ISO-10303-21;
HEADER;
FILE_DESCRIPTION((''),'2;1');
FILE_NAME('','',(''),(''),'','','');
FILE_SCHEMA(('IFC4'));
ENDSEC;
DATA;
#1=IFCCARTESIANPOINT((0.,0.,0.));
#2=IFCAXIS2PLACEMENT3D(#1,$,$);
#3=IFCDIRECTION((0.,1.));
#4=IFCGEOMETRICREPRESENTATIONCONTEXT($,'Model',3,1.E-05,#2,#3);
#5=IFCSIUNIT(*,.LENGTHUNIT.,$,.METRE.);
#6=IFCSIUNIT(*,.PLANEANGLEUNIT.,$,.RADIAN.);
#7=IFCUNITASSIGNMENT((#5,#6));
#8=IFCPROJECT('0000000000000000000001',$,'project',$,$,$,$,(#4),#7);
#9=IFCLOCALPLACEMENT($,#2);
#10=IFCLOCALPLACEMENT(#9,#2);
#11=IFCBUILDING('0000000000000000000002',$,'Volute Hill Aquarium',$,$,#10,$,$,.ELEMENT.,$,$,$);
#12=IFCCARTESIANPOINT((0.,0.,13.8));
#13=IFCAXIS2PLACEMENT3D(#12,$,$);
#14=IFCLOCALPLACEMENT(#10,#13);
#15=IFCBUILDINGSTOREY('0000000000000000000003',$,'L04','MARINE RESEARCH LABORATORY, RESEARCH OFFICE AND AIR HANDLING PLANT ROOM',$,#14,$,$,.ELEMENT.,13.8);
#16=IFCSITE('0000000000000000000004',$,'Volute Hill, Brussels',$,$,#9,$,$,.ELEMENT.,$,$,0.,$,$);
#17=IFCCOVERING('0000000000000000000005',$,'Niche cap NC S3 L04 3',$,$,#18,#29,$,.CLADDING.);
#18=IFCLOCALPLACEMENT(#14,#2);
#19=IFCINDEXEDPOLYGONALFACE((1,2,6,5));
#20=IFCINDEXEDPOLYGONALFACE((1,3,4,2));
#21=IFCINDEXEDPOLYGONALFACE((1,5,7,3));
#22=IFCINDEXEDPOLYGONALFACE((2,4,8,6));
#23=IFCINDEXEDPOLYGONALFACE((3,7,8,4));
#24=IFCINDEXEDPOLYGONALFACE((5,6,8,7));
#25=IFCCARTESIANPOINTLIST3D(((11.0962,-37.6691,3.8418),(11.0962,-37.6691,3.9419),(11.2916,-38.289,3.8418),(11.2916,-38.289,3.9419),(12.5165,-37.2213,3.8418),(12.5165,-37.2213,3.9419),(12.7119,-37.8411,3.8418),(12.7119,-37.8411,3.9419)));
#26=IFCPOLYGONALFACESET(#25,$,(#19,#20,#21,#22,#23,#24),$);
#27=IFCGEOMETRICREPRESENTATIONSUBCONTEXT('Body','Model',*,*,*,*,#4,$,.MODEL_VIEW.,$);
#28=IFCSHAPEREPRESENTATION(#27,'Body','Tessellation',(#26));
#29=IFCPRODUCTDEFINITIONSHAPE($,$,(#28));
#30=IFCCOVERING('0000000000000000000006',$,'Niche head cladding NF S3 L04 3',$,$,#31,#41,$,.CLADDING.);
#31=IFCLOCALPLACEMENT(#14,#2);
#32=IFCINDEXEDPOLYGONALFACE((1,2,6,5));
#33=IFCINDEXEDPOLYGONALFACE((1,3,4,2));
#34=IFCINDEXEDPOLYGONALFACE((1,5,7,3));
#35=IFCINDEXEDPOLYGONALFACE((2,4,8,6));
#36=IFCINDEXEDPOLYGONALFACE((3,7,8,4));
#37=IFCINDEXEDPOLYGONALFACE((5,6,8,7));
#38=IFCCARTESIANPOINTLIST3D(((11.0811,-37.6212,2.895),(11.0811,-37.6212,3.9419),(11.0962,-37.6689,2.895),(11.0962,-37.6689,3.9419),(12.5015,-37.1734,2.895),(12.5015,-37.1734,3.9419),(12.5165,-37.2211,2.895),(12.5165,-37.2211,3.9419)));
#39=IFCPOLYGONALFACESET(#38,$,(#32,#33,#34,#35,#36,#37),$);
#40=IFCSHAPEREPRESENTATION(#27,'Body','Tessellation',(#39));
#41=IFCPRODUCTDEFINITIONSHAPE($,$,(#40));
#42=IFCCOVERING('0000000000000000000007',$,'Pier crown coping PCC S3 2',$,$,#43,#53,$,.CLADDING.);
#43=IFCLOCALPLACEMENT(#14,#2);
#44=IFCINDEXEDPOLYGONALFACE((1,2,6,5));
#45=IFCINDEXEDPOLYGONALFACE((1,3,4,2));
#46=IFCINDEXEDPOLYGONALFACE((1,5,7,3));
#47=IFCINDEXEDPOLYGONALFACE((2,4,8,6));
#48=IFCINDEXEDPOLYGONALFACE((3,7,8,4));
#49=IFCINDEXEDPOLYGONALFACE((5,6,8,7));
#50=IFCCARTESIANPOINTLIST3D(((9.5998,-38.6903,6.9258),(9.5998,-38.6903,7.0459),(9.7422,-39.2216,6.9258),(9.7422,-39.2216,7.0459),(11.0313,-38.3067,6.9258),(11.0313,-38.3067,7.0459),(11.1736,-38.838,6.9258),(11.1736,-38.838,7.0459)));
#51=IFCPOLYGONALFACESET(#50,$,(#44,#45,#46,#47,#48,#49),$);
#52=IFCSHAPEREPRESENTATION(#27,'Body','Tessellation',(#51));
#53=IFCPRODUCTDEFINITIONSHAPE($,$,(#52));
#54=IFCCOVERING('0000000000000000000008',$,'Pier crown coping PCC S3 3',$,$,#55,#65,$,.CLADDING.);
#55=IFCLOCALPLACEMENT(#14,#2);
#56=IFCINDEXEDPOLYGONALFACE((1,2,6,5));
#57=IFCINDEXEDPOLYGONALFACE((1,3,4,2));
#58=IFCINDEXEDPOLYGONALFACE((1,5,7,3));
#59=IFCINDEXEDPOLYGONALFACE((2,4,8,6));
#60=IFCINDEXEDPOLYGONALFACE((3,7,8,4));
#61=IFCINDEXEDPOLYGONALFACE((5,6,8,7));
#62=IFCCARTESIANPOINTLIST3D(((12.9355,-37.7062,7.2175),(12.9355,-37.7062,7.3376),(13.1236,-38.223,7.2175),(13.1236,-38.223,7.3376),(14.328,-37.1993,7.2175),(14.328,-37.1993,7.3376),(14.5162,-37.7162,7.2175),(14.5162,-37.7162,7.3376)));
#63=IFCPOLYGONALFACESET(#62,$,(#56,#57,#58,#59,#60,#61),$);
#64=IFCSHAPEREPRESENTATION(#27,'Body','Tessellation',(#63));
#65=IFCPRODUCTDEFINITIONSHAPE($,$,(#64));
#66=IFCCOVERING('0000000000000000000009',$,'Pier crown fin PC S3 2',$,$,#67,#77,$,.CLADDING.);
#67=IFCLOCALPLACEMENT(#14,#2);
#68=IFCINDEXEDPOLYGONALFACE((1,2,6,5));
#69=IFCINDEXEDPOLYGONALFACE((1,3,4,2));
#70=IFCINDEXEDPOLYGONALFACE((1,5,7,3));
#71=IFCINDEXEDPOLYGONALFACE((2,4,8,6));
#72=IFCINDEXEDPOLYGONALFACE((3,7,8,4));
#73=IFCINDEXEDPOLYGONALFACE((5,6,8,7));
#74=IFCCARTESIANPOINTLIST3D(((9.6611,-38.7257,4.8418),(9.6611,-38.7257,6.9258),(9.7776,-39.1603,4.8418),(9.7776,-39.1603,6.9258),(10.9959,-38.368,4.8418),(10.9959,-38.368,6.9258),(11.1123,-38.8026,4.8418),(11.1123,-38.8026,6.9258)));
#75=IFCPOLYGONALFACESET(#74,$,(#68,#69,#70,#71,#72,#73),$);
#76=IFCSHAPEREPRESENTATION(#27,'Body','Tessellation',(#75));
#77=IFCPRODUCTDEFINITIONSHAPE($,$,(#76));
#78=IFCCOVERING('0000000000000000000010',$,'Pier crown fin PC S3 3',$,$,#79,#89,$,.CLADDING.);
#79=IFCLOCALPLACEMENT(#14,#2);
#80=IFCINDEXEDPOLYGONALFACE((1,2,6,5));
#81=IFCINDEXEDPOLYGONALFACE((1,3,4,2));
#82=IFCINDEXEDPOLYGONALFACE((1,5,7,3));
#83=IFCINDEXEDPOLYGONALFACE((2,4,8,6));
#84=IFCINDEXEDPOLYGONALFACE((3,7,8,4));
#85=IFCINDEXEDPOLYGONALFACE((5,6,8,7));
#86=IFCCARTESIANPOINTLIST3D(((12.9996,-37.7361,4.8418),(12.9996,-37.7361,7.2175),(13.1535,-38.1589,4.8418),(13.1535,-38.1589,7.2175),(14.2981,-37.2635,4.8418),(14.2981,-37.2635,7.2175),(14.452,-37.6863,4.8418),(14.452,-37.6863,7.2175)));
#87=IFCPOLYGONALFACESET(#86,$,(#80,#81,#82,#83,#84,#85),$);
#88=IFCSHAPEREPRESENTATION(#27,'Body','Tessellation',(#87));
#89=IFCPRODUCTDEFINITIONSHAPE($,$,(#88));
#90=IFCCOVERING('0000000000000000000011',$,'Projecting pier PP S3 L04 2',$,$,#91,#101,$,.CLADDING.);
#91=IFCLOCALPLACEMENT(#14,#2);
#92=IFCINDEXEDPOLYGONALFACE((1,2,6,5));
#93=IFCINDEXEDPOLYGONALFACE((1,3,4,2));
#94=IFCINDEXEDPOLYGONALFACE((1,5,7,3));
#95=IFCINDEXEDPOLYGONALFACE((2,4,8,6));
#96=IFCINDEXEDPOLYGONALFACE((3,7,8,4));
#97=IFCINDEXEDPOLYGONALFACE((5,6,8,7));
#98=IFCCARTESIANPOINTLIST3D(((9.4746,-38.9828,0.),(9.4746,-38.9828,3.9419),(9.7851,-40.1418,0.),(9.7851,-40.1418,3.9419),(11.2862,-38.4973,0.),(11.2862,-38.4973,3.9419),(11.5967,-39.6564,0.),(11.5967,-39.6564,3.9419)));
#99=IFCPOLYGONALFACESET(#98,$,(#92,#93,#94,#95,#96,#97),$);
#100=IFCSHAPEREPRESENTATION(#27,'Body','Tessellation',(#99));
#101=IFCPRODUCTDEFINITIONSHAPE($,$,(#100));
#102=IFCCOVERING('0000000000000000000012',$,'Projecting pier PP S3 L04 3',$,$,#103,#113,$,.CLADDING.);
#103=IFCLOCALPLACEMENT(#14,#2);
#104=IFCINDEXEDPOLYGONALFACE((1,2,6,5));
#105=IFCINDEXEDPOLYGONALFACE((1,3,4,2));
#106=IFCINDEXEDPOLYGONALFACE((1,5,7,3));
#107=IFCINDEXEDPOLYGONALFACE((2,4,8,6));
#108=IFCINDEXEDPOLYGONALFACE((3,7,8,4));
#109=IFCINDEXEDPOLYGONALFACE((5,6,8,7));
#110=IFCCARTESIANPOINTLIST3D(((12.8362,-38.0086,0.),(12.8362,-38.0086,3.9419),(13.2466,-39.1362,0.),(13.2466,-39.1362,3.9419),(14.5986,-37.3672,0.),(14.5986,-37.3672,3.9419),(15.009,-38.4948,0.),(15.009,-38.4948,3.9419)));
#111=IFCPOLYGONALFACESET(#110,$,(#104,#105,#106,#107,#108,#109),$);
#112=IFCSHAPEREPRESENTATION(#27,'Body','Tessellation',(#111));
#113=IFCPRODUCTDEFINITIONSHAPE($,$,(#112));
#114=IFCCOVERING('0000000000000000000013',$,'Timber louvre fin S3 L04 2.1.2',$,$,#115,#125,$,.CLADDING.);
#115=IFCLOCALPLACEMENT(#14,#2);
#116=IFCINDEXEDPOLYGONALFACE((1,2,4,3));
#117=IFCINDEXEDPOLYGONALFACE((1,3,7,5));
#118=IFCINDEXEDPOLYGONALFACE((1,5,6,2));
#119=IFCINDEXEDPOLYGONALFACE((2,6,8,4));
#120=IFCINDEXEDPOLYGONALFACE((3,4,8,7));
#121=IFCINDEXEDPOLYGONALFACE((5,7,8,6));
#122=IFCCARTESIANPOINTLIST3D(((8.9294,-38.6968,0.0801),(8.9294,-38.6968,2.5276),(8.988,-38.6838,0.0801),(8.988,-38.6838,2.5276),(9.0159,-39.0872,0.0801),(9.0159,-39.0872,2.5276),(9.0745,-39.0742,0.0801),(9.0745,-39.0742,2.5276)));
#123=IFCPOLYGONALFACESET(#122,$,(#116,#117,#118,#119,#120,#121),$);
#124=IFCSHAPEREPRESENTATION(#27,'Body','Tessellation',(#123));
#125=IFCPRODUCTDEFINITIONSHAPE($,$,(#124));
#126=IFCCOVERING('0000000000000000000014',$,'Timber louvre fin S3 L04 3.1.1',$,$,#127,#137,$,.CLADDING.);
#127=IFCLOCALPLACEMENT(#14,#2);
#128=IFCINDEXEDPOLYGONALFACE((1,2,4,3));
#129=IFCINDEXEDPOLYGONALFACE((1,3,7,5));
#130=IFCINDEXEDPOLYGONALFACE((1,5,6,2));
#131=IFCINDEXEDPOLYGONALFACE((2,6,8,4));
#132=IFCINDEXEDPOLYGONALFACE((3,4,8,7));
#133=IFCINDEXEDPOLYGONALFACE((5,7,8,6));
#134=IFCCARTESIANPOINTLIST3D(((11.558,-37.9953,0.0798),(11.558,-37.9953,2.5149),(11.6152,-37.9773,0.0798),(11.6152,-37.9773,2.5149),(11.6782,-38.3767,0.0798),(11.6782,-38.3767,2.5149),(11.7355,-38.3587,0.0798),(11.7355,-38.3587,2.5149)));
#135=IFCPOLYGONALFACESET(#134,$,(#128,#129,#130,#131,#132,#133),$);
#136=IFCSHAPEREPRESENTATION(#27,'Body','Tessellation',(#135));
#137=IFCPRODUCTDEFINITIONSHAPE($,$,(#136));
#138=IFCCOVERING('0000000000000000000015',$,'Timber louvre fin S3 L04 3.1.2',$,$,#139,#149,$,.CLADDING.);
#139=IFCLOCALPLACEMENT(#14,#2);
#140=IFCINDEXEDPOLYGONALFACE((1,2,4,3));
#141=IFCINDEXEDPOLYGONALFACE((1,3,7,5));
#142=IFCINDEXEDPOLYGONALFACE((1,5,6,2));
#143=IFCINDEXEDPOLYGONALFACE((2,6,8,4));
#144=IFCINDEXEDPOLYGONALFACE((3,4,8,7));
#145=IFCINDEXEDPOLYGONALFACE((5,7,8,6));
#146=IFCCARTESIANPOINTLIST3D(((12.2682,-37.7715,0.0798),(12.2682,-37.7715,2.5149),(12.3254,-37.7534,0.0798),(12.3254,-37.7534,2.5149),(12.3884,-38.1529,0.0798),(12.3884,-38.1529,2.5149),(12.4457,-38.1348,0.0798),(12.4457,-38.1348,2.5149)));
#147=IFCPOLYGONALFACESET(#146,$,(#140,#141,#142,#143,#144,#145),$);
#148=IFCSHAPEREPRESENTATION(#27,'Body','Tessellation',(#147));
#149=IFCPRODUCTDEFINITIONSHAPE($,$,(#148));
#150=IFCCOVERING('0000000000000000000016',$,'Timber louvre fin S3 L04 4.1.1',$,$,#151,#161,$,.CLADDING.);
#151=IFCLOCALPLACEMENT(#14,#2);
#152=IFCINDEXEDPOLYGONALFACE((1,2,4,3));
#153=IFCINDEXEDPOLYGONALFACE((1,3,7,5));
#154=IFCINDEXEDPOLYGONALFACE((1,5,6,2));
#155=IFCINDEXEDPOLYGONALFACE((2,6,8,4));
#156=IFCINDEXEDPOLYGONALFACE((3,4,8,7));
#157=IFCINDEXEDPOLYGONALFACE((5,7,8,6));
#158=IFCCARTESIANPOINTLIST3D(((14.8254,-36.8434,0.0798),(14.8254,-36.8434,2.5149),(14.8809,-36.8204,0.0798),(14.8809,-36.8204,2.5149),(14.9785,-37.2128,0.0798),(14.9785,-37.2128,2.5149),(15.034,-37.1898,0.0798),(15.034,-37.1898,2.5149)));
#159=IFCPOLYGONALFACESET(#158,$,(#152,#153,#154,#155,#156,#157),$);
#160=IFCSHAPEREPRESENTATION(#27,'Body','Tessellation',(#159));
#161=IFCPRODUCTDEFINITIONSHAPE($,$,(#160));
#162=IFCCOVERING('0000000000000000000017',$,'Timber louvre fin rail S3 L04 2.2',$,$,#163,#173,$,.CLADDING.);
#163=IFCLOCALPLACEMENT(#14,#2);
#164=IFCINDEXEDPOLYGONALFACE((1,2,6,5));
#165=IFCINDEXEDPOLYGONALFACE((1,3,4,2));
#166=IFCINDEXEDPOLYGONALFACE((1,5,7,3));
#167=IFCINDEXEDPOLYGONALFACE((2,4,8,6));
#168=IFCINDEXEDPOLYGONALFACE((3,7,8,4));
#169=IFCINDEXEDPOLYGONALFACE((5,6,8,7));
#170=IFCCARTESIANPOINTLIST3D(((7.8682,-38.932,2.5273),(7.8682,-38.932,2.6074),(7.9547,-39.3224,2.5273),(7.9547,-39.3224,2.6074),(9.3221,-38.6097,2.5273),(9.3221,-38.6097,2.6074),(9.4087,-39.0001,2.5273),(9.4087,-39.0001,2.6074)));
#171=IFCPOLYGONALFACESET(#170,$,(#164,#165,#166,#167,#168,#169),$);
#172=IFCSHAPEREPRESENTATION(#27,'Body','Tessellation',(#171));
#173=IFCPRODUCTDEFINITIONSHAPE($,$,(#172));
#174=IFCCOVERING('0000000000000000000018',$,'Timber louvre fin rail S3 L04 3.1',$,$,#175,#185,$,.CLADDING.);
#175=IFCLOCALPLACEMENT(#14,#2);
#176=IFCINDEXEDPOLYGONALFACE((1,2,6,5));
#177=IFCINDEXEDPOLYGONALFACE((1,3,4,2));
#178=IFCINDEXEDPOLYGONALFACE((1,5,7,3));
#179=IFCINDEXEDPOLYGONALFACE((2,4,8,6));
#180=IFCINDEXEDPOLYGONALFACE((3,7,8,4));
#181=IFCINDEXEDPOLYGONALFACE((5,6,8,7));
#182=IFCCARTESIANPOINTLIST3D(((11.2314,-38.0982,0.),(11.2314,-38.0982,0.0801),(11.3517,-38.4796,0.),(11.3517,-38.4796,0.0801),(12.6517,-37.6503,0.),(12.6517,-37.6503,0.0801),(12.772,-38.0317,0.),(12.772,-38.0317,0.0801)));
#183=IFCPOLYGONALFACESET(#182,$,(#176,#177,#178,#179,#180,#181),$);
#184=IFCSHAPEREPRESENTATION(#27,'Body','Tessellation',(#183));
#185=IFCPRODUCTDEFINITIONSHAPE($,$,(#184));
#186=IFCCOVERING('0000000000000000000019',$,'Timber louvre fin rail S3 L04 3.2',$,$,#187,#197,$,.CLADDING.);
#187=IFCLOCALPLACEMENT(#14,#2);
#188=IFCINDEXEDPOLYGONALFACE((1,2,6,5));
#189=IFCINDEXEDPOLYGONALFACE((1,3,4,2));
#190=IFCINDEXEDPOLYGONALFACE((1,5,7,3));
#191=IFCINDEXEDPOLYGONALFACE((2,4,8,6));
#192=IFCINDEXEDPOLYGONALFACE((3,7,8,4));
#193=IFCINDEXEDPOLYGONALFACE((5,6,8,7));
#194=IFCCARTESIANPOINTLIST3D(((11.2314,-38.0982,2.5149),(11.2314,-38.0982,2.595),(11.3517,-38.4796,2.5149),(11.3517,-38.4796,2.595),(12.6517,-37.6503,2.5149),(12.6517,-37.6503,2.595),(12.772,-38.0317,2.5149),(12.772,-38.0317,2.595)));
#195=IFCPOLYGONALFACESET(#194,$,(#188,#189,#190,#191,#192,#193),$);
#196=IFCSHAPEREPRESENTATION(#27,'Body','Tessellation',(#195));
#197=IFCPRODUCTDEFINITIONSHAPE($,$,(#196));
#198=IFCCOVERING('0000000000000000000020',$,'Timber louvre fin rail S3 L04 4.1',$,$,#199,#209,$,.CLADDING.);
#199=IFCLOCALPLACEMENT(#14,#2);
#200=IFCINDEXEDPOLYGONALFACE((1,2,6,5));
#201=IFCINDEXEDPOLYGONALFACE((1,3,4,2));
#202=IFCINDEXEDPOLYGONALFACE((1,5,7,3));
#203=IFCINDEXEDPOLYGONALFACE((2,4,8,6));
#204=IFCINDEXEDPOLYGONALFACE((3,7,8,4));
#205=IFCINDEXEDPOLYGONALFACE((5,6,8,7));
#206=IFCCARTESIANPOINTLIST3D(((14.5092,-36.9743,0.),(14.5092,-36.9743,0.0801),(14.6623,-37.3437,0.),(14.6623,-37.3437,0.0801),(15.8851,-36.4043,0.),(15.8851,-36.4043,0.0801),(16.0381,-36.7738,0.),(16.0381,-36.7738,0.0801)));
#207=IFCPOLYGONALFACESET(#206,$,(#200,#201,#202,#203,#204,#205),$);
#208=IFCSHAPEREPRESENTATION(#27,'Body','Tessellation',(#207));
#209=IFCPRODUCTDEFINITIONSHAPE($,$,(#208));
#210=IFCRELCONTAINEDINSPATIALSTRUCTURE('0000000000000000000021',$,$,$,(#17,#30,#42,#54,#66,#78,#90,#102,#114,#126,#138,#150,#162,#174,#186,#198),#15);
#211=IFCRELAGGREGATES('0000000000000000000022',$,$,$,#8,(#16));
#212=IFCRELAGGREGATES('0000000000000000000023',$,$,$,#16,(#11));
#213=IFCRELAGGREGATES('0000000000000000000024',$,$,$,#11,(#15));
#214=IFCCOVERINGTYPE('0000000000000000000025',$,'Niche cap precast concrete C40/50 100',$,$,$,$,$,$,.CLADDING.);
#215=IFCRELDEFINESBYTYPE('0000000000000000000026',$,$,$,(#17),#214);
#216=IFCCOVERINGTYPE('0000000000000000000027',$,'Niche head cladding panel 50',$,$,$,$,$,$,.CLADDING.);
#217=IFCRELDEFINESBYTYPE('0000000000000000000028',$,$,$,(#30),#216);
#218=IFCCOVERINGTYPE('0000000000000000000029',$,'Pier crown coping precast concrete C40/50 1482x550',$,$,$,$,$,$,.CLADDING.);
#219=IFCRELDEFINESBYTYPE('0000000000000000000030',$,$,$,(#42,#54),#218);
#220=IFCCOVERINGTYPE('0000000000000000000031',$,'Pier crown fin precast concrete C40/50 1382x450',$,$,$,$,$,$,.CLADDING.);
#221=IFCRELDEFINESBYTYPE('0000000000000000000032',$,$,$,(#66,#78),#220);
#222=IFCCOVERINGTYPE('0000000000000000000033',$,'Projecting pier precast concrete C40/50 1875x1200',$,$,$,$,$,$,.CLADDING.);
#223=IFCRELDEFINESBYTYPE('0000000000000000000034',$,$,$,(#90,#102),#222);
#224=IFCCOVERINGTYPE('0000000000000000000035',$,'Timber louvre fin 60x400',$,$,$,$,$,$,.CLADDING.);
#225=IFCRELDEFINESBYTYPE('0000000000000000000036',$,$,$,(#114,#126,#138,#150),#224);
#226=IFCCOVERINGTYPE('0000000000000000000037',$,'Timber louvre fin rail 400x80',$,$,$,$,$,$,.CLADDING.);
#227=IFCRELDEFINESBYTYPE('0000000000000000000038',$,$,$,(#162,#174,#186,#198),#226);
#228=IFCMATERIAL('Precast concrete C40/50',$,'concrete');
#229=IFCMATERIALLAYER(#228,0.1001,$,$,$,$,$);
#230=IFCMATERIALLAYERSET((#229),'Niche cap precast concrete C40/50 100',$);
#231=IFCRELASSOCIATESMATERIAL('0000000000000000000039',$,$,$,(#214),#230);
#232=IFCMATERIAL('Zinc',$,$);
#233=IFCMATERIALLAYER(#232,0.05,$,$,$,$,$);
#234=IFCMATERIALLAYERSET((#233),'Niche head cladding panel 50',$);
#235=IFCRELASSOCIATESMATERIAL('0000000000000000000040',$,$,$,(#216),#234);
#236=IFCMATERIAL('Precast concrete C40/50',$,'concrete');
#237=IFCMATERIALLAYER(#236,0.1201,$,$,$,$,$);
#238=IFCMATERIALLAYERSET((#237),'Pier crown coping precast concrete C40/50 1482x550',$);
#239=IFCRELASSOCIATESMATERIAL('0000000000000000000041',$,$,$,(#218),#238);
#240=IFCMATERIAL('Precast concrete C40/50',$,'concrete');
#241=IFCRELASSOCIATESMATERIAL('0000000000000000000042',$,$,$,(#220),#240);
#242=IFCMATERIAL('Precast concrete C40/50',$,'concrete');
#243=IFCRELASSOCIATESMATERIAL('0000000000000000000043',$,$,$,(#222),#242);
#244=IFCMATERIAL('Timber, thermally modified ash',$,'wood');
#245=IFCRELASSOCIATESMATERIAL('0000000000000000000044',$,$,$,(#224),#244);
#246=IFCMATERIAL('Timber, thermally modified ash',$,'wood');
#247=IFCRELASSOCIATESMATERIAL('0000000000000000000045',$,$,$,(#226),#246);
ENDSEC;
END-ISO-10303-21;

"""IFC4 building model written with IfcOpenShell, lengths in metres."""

from ifc_helpers import new_model, si_unit, direction, frame, origin, origin_2d, place, context, subcontext, project, spatial, rectangle, extrude, material, layer, layer_set, type_object, element, save


model = new_model("IFC4")

# Units and contexts
model_context = context("Model", 3, precision=1e-05, world=origin(), true_north=direction((0.0, 1.0)))
body_context = subcontext(model_context, "Body", "Model", "MODEL_VIEW")
ifc_project = project(units=[si_unit("LENGTHUNIT", "METRE"), si_unit("PLANEANGLEUNIT", "RADIAN")], contexts=[model_context])

# Site, building, storey
site_placement = place(None, origin())
site = spatial("IfcSite", under=ifc_project, at=site_placement, Name="Volute Hill, Brussels", CompositionType="ELEMENT", RefElevation=0.0)
building_placement = place(site_placement, origin())
building = spatial("IfcBuilding", under=site, at=building_placement, Name="Volute Hill Aquarium", CompositionType="ELEMENT")
storey_placement = place(building_placement, frame((0.0, 0.0, 13.8)))
storey = spatial("IfcBuildingStorey", under=building, at=storey_placement, Name="L04", Description="MARINE RESEARCH LABORATORY, RESEARCH OFFICE AND AIR HANDLING PLANT ROOM", CompositionType="ELEMENT", Elevation=13.8)

# Coverings
ifc_material_1 = material(Name="Precast concrete C40/50", Category="concrete")
ifc_layer_1 = layer(ifc_material_1, 0.1001)
ifc_layer_set_1 = layer_set([ifc_layer_1], Name="Niche cap precast concrete C40/50 100")
covering_type_1 = type_object("IfcCoveringType", Name="Niche cap precast concrete C40/50 100", PredefinedType="CLADDING", material=ifc_layer_set_1)
covering_1_placement = place(storey_placement, frame((11.9041, -37.7551, 3.8418), z_axis=(0.0, 0.0, 1.0), x_axis=(0.953714, 0.300715, 0.0)))
element("IfcCovering", 1, at=covering_1_placement, inside=storey, type_object=covering_type_1, Name="Niche cap NC S3 L04 3", PredefinedType="CLADDING", context=body_context, shape_type="SweptSolid", body=[
    extrude(rectangle(XDim=1.4893, YDim=0.6499, at=origin_2d()), origin(), (0.0, 0.0, 1.0), 0.1001),
])
ifc_material_2 = material(Name="Zinc")
ifc_layer_2 = layer(ifc_material_2, 0.05)
ifc_layer_set_2 = layer_set([ifc_layer_2], Name="Niche head cladding panel 50")
covering_type_2 = type_object("IfcCoveringType", Name="Niche head cladding panel 50", PredefinedType="CLADDING", material=ifc_layer_set_2)
covering_2_placement = place(storey_placement, frame((11.7988, -37.4211, 2.895), z_axis=(0.0, 0.0, 1.0), x_axis=(0.953714, 0.300715, 0.0)))
element("IfcCovering", 2, at=covering_2_placement, inside=storey, type_object=covering_type_2, Name="Niche head cladding NF S3 L04 3", PredefinedType="CLADDING", context=body_context, shape_type="SweptSolid", body=[
    extrude(rectangle(XDim=1.4893, YDim=0.05, at=origin_2d()), origin(), (0.0, 0.0, 1.0), 1.0469),
])
ifc_material_3 = material(Name="Precast concrete C40/50", Category="concrete")
ifc_layer_3 = layer(ifc_material_3, 0.1201)
ifc_layer_set_3 = layer_set([ifc_layer_3], Name="Pier crown coping precast concrete C40/50 1482x550")
covering_type_3 = type_object("IfcCoveringType", Name="Pier crown coping precast concrete C40/50 1482x550", PredefinedType="CLADDING", material=ifc_layer_set_3)
for number, where, z_axis, x_axis, name in (
    (3, (10.3867, -38.7642, 6.9258), (0.0, 0.0, 1.0), (0.965926, 0.258819, 0.0), "Pier crown coping PCC S3 2"),
    (4, (13.7258, -37.7112, 7.2175), (0.0, 0.0, 1.0), (0.939693, 0.34202, 0.0), "Pier crown coping PCC S3 3"),
):
    element("IfcCovering", number, at=place(storey_placement, frame(where, z_axis=z_axis, x_axis=x_axis)), inside=storey, type_object=covering_type_3, Name=name, PredefinedType="CLADDING", context=body_context, shape_type="SweptSolid", body=[
        extrude(rectangle(XDim=1.4819, YDim=0.55, at=origin_2d()), origin(), (0.0, 0.0, 1.0), 0.1201),
    ])
ifc_material_4 = material(Name="Precast concrete C40/50", Category="concrete")
covering_type_4 = type_object("IfcCoveringType", Name="Pier crown fin precast concrete C40/50 1382x450", PredefinedType="CLADDING", material=ifc_material_4)
covering_3_placement = place(storey_placement, frame((10.3867, -38.7642, 4.8418), z_axis=(0.0, 0.0, 1.0), x_axis=(0.965926, 0.258819, 0.0)))
element("IfcCovering", 5, at=covering_3_placement, inside=storey, type_object=covering_type_4, Name="Pier crown fin PC S3 2", PredefinedType="CLADDING", context=body_context, shape_type="SweptSolid", body=[
    extrude(rectangle(XDim=1.3818, YDim=0.45, at=origin_2d()), origin(), (0.0, 0.0, 1.0), 2.084),
])
covering_4_placement = place(storey_placement, frame((13.7258, -37.7112, 4.8418), z_axis=(0.0, 0.0, 1.0), x_axis=(0.939693, 0.34202, 0.0)))
element("IfcCovering", 6, at=covering_4_placement, inside=storey, type_object=covering_type_4, Name="Pier crown fin PC S3 3", PredefinedType="CLADDING", context=body_context, shape_type="SweptSolid", body=[
    extrude(rectangle(XDim=1.3818, YDim=0.45, at=origin_2d()), origin(), (0.0, 0.0, 1.0), 2.3757),
])
ifc_material_5 = material(Name="Precast concrete C40/50", Category="concrete")
covering_type_5 = type_object("IfcCoveringType", Name="Projecting pier precast concrete C40/50 1875x1200", PredefinedType="CLADDING", material=ifc_material_5)
for number, where, z_axis, x_axis, name in (
    (7, (10.5356, -39.3196, 0.0), (0.0, 0.0, 1.0), (0.965926, 0.258819, 0.0), "Projecting pier PP S3 L04 2"),
    (8, (13.9226, -38.2517, 0.0), (0.0, 0.0, 1.0), (0.939693, 0.34202, 0.0), "Projecting pier PP S3 L04 3"),
):
    element("IfcCovering", number, at=place(storey_placement, frame(where, z_axis=z_axis, x_axis=x_axis)), inside=storey, type_object=covering_type_5, Name=name, PredefinedType="CLADDING", context=body_context, shape_type="SweptSolid", body=[
        extrude(rectangle(XDim=1.8755, YDim=1.2, at=origin_2d()), origin(), (0.0, 0.0, 1.0), 3.9419),
    ])
ifc_material_6 = material(Name="Timber, thermally modified ash", Category="wood")
covering_type_6 = type_object("IfcCoveringType", Name="Timber louvre fin 60x400", PredefinedType="CLADDING", material=ifc_material_6)
covering_5_placement = place(storey_placement, frame((9.002, -38.8855, 0.0801), z_axis=(0.0, 0.0, 1.0), x_axis=(0.976297, 0.216435, 0.0)))
element("IfcCovering", 9, at=covering_5_placement, inside=storey, type_object=covering_type_6, Name="Timber louvre fin S3 L04 2.1.2", PredefinedType="CLADDING", context=body_context, shape_type="SweptSolid", body=[
    extrude(rectangle(XDim=0.0601, YDim=0.3999, at=origin_2d()), origin(), (0.0, 0.0, 1.0), 2.4475),
])
for number, where, z_axis, x_axis, name in (
    (10, (11.6467, -38.177, 0.0798), (0.0, 0.0, 1.0), (0.953714, 0.300715, 0.0), "Timber louvre fin S3 L04 3.1.1"),
    (11, (12.3569, -37.9531, 0.0798), (0.0, 0.0, 1.0), (0.953714, 0.300715, 0.0), "Timber louvre fin S3 L04 3.1.2"),
    (12, (14.9297, -37.0166, 0.0798), (0.0, 0.0, 1.0), (0.923875, 0.382694, 0.0), "Timber louvre fin S3 L04 4.1.1"),
):
    element("IfcCovering", number, at=place(storey_placement, frame(where, z_axis=z_axis, x_axis=x_axis)), inside=storey, type_object=covering_type_6, Name=name, PredefinedType="CLADDING", context=body_context, shape_type="SweptSolid", body=[
        extrude(rectangle(XDim=0.0601, YDim=0.3999, at=origin_2d()), origin(), (0.0, 0.0, 1.0), 2.4351),
    ])
ifc_material_7 = material(Name="Timber, thermally modified ash", Category="wood")
covering_type_7 = type_object("IfcCoveringType", Name="Timber louvre fin rail 400x80", PredefinedType="CLADDING", material=ifc_material_7)
for number, where, z_axis, x_axis, name in (
    (13, (8.6384, -38.9661, 2.5273), (0.0, 0.0, 1.0), (0.976297, 0.216435, 0.0), "Timber louvre fin rail S3 L04 2.2"),
    (14, (12.0017, -38.0649, 0.0), (0.0, 0.0, 1.0), (0.953714, 0.300715, 0.0), "Timber louvre fin rail S3 L04 3.1"),
    (15, (12.0017, -38.0649, 2.5149), (0.0, 0.0, 1.0), (0.953714, 0.300715, 0.0), "Timber louvre fin rail S3 L04 3.2"),
    (16, (15.2737, -36.874, 0.0), (0.0, 0.0, 1.0), (0.923875, 0.382694, 0.0), "Timber louvre fin rail S3 L04 4.1"),
):
    element("IfcCovering", number, at=place(storey_placement, frame(where, z_axis=z_axis, x_axis=x_axis)), inside=storey, type_object=covering_type_7, Name=name, PredefinedType="CLADDING", context=body_context, shape_type="SweptSolid", body=[
        extrude(rectangle(XDim=1.4893, YDim=0.3999, at=origin_2d()), origin(), (0.0, 0.0, 1.0), 0.0801),
    ])

save(model, "model.ifc")
